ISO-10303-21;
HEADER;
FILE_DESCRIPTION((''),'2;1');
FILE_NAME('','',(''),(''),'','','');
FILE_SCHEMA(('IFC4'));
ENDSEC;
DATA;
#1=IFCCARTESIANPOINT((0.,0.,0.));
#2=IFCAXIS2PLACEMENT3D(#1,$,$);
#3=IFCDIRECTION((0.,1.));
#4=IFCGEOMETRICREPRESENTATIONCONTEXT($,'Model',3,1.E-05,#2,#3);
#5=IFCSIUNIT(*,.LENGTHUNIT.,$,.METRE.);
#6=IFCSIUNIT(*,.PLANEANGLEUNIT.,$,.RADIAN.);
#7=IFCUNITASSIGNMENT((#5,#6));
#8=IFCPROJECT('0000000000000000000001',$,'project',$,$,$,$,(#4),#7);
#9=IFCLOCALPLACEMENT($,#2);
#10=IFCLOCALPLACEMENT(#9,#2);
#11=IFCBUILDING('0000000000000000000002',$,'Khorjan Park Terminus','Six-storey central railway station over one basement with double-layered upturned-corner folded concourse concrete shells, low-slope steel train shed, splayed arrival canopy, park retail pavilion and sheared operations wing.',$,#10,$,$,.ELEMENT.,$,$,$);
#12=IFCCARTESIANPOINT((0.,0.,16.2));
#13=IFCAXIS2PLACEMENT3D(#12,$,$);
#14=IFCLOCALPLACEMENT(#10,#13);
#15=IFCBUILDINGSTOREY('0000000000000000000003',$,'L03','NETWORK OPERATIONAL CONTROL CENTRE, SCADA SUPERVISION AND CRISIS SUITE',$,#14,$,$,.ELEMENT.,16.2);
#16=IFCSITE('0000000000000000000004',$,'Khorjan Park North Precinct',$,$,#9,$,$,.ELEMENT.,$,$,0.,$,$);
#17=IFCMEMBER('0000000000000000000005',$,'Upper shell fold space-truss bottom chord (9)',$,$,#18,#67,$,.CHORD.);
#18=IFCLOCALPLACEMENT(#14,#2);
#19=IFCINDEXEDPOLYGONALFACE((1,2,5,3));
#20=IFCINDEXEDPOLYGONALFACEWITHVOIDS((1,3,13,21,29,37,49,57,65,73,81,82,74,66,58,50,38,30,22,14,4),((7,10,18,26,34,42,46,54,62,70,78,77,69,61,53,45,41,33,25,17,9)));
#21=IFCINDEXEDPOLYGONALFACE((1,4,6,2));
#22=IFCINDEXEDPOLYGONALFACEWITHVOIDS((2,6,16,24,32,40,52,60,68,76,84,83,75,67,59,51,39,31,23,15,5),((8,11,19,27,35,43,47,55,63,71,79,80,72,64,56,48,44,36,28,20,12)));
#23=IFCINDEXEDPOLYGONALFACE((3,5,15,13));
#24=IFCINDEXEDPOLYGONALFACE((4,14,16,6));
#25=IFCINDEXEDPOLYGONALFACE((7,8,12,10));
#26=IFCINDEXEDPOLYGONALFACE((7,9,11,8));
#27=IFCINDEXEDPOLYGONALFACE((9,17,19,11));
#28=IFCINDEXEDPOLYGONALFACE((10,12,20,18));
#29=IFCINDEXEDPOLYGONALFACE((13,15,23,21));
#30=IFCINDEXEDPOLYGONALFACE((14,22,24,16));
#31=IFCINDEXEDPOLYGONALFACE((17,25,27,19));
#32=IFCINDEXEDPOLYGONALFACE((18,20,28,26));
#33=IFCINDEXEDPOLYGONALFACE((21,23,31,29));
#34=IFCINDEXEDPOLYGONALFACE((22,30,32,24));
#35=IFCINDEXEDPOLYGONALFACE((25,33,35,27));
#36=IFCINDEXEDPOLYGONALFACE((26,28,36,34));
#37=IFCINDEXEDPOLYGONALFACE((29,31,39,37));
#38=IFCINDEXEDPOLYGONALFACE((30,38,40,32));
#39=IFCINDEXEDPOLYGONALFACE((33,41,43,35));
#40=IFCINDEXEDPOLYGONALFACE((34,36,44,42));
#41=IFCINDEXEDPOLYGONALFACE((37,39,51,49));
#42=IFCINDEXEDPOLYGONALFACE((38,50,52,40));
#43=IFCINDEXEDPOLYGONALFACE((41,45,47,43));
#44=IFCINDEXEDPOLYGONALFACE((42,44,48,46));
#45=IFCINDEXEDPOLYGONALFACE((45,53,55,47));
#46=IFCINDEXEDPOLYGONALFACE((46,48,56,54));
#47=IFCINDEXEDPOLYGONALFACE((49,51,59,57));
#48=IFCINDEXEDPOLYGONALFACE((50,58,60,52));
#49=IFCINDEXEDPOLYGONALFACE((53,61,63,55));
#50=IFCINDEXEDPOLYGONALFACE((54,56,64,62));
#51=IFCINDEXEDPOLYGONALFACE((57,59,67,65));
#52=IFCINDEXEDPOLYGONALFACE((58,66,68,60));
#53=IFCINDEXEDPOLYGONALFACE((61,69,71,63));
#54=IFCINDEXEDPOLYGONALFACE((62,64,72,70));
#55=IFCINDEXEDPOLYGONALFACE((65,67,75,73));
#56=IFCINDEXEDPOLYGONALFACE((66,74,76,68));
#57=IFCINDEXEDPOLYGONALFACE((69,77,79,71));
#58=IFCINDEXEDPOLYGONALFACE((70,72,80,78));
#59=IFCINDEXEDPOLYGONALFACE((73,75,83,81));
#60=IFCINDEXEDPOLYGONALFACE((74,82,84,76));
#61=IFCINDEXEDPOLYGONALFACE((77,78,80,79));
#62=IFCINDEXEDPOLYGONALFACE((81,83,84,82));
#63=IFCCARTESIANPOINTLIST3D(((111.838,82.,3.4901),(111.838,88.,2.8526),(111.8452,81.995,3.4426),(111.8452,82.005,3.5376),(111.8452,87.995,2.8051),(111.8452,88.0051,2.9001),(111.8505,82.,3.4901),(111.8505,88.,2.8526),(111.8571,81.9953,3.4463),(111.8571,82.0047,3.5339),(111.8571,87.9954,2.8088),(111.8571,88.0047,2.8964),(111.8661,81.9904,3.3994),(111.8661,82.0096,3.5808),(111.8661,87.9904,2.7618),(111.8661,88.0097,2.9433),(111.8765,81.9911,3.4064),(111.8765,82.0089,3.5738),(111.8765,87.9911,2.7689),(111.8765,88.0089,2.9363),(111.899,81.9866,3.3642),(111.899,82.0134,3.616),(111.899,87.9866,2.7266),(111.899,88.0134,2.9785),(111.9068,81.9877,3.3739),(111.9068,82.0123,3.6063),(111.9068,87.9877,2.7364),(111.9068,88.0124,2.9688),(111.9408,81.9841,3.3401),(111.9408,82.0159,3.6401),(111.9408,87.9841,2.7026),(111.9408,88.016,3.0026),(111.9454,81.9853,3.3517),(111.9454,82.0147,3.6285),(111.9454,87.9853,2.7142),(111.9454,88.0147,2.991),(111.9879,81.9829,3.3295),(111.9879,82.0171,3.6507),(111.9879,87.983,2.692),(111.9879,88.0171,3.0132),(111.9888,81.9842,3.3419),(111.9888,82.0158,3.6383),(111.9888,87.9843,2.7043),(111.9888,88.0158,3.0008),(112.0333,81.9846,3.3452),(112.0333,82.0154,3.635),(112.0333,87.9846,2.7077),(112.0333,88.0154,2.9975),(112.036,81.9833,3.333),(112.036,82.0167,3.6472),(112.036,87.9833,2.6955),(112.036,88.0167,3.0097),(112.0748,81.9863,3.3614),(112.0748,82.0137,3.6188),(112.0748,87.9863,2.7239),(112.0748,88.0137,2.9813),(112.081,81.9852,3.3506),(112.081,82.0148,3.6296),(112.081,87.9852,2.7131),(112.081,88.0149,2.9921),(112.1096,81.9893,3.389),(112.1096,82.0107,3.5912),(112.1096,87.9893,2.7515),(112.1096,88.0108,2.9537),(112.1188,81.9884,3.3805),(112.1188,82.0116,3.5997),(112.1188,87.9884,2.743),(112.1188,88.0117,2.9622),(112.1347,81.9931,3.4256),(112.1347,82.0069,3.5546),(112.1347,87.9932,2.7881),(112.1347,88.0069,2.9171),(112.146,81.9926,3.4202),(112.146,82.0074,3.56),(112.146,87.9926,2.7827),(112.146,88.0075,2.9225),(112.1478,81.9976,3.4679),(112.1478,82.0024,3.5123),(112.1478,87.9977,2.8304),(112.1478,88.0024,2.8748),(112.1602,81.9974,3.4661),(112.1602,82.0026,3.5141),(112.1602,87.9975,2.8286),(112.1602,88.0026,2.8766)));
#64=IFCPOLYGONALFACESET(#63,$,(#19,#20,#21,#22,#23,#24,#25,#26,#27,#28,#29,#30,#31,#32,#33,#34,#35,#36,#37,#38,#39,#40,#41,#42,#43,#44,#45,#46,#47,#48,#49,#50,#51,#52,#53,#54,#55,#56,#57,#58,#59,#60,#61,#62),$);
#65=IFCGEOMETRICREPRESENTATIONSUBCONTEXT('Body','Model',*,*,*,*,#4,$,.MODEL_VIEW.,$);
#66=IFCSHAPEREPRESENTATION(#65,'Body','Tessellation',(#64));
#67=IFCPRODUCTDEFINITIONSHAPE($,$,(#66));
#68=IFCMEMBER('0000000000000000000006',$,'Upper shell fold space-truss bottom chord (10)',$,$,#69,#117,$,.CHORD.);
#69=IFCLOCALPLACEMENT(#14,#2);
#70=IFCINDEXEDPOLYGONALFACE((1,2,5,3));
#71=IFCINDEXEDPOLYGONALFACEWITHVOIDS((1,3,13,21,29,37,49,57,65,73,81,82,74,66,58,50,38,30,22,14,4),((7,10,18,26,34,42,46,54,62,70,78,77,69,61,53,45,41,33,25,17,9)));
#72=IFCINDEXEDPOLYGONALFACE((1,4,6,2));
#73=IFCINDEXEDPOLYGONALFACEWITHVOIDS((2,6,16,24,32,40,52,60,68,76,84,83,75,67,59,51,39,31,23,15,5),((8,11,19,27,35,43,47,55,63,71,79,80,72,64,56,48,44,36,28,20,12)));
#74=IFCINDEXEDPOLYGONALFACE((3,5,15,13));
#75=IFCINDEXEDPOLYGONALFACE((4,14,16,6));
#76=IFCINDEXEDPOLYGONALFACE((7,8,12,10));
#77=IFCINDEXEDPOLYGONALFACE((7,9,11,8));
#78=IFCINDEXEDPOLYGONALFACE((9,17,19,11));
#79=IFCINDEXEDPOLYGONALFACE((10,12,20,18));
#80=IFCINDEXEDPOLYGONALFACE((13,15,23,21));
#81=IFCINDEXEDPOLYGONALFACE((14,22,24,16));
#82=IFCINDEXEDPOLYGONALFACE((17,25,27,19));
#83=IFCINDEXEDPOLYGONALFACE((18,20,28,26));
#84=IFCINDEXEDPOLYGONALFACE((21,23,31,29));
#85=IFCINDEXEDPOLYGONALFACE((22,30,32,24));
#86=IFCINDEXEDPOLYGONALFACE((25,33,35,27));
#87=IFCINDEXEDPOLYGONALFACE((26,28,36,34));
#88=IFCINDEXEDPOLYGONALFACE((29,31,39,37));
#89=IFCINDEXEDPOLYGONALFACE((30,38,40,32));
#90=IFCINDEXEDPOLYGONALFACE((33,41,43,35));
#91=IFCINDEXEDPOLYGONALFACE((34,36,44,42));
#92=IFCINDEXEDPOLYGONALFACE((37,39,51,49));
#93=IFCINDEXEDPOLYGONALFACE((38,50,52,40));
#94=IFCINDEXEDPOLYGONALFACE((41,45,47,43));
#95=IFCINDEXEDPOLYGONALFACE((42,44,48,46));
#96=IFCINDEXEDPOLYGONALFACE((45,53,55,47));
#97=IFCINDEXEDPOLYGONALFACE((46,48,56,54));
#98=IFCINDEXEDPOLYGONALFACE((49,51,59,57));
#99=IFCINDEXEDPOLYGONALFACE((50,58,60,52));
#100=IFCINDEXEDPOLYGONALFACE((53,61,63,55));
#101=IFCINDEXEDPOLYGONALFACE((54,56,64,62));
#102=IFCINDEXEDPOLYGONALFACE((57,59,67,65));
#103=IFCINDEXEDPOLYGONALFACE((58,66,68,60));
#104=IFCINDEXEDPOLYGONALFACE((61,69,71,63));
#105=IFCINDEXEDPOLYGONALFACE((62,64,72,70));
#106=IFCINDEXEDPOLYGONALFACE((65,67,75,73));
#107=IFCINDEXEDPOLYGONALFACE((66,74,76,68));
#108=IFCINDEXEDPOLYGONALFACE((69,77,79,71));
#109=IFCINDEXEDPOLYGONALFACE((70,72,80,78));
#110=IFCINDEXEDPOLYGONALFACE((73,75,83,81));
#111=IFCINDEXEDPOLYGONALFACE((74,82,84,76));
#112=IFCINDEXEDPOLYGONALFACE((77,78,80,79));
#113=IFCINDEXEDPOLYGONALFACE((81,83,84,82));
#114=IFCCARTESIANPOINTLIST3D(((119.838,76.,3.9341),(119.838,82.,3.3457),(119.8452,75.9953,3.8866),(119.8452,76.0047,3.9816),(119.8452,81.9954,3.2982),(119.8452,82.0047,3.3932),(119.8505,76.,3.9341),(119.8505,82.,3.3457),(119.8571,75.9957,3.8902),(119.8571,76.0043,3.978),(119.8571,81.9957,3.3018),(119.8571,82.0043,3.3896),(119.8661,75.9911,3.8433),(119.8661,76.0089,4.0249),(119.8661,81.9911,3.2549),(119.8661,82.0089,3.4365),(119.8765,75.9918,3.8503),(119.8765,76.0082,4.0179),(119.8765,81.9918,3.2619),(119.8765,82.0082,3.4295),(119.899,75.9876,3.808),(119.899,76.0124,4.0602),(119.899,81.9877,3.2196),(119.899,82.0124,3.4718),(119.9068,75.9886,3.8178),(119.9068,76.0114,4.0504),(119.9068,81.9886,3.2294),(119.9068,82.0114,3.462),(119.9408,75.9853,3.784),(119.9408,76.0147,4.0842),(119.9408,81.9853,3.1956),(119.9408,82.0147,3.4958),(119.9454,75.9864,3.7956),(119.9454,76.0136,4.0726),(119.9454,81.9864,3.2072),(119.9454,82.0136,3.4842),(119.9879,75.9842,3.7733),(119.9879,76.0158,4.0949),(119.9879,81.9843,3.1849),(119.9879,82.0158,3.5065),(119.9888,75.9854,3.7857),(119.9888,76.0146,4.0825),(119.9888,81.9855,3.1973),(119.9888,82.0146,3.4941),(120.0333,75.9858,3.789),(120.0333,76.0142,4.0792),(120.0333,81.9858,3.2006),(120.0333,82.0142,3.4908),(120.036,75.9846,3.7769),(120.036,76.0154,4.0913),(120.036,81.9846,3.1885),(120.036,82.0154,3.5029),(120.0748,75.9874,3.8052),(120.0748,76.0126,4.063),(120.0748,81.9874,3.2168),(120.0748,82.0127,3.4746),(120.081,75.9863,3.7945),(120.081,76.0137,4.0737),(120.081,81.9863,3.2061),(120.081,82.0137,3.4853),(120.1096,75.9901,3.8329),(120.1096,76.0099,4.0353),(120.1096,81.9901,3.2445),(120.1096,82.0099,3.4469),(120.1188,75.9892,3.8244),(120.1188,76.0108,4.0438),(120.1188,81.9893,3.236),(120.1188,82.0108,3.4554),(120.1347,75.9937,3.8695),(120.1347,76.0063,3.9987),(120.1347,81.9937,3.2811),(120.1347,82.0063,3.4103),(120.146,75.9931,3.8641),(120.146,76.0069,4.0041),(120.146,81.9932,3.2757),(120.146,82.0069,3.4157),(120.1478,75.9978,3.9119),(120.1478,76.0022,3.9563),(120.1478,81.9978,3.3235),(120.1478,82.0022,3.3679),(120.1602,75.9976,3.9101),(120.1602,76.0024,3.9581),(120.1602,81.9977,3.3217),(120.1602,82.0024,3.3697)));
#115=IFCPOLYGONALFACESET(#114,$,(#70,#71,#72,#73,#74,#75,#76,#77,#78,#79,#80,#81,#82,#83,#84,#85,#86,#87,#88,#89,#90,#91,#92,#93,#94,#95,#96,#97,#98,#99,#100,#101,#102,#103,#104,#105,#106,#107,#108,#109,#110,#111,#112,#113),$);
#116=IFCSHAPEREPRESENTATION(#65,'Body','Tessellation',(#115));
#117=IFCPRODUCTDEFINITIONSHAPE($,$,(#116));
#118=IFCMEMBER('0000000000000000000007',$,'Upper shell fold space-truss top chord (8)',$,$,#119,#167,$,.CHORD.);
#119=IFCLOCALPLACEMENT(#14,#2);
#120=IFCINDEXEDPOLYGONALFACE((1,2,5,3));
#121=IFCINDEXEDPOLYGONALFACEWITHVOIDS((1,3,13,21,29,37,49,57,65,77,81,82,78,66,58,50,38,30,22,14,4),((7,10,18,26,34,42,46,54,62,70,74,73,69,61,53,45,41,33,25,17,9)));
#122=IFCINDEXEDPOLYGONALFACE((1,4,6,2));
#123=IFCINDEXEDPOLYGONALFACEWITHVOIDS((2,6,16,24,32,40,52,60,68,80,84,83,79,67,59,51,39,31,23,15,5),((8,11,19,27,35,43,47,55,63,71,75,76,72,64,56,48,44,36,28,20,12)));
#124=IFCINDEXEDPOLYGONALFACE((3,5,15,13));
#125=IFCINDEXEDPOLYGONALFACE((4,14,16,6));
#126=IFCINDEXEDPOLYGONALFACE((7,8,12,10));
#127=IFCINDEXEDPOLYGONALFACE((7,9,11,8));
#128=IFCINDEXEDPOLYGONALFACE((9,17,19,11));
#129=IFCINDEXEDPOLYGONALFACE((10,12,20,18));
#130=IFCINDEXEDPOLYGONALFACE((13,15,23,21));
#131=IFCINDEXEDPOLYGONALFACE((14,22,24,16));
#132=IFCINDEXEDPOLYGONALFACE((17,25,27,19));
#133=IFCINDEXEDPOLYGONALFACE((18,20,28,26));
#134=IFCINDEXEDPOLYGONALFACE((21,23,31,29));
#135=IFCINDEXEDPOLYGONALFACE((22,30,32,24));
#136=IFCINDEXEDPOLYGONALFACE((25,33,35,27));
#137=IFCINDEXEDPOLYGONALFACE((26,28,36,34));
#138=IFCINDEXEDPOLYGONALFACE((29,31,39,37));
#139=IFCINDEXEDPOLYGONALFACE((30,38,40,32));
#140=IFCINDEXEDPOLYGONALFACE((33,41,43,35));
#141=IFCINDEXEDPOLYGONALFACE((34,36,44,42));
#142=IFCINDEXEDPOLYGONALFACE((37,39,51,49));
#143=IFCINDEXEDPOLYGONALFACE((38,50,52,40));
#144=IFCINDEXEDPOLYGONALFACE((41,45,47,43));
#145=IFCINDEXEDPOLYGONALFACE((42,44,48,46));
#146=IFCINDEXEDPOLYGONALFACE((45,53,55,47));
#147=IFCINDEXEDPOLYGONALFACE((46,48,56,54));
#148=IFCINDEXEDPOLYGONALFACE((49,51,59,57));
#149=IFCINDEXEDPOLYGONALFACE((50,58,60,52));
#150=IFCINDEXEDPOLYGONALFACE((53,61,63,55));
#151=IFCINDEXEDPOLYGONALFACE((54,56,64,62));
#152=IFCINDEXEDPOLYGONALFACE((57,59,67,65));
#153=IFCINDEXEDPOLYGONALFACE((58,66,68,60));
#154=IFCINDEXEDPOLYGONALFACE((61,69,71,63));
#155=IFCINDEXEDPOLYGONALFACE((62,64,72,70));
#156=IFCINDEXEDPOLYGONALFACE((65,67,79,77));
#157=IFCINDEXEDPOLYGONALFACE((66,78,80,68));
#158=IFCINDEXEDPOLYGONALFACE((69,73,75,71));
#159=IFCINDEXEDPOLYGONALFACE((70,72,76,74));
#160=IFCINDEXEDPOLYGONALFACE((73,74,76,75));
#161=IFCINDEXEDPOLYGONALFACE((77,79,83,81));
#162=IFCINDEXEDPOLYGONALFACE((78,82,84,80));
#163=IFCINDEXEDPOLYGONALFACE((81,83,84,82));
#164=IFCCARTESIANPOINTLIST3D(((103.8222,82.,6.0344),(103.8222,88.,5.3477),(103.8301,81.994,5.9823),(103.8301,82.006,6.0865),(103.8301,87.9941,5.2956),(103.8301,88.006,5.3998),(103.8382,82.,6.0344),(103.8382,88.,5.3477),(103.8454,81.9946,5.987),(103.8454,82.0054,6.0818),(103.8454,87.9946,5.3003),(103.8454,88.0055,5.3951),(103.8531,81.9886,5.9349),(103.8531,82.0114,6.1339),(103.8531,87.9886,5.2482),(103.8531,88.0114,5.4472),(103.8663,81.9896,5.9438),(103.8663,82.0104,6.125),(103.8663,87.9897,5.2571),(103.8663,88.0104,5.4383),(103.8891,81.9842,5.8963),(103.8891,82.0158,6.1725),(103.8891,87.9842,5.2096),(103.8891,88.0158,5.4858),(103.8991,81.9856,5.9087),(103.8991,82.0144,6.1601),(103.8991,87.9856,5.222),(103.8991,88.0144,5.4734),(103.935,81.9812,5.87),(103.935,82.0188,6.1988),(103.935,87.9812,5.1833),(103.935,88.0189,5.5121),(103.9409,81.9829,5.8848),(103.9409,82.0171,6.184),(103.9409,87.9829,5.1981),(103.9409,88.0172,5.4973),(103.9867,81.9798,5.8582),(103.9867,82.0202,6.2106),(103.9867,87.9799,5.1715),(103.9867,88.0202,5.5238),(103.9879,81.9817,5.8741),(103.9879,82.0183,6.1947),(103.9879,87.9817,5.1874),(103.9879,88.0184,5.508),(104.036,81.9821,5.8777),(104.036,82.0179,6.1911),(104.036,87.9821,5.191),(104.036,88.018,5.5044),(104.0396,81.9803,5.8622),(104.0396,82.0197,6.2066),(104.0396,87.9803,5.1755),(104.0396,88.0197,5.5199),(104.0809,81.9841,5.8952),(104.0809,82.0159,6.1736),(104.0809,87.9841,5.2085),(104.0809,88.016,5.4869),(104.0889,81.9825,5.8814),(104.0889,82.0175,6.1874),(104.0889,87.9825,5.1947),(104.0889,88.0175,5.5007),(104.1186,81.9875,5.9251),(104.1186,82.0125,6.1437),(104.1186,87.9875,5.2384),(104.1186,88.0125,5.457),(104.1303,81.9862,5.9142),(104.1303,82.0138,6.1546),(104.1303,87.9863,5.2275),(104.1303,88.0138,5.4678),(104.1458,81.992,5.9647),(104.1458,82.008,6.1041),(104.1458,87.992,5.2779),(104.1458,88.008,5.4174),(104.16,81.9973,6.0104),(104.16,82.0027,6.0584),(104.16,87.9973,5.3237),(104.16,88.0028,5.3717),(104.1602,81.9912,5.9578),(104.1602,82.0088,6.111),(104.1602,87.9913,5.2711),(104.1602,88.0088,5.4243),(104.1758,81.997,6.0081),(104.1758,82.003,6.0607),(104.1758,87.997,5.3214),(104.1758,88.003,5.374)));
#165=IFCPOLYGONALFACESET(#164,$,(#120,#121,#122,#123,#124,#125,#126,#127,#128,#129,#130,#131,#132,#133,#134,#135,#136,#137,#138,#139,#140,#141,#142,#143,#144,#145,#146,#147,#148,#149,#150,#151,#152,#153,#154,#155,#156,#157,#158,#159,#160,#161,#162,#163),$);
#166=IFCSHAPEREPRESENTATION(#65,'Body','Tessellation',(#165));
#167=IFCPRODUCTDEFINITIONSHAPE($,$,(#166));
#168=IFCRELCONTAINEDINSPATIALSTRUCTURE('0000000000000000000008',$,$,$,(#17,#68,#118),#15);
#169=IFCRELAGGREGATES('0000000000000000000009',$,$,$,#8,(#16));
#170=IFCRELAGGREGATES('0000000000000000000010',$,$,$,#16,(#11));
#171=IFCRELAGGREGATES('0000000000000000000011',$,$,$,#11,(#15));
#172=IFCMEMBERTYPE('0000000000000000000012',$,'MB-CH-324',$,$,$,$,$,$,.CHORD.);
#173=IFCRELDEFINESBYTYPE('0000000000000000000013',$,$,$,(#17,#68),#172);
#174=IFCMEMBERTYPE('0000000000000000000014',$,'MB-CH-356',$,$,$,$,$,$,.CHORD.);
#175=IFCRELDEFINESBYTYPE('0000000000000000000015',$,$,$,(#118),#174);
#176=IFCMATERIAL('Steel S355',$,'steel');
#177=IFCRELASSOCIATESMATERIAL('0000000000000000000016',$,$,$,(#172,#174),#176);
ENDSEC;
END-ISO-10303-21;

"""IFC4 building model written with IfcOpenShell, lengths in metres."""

from ifc_helpers import new_model, si_unit, direction, frame, origin, origin_2d, place, context, subcontext, project, spatial, hollow_circle, extrude, material, material_profile, profile_set, type_object, element, save


model = new_model("IFC4")

# Units and contexts
model_context = context("Model", 3, precision=1e-05, world=origin(), true_north=direction((0.0, 1.0)))
body_context = subcontext(model_context, "Body", "Model", "MODEL_VIEW")
ifc_project = project(units=[si_unit("LENGTHUNIT", "METRE"), si_unit("PLANEANGLEUNIT", "RADIAN")], contexts=[model_context])

# Site, building, storey
site_placement = place(None, origin())
site = spatial("IfcSite", under=ifc_project, at=site_placement, Name="Khorjan Park North Precinct", CompositionType="ELEMENT", RefElevation=0.0)
building_placement = place(site_placement, origin())
building = spatial("IfcBuilding", under=site, at=building_placement, Name="Khorjan Park Terminus", Description="Six-storey central railway station over one basement with double-layered upturned-corner folded concourse concrete shells, low-slope steel train shed, splayed arrival canopy, park retail pavilion and sheared operations wing.", CompositionType="ELEMENT")
storey_placement = place(building_placement, frame((0.0, 0.0, 16.2)))
storey = spatial("IfcBuildingStorey", under=building, at=storey_placement, Name="L03", Description="NETWORK OPERATIONAL CONTROL CENTRE, SCADA SUPERVISION AND CRISIS SUITE", CompositionType="ELEMENT", Elevation=16.2)

# Members
ifc_material = material(Name="Steel S355", Category="steel")
ifc_material_profile_1 = material_profile(ifc_material, hollow_circle(Radius=0.162, WallThickness=0.0125, at=origin_2d()), Name="CHS 323.9x12.5")
ifc_profile_set_1 = profile_set([ifc_material_profile_1], Name="Steel S355")
member_type_1 = type_object("IfcMemberType", Name="MB-CH-324", PredefinedType="CHORD", material=ifc_profile_set_1)
for number, where, z_axis, x_axis, name in (
    (1, (112.0, 82.0, 3.4901), (0.0, 0.994403, -0.105655), (-1.0, 0.0, 0.0), "Upper shell fold space-truss bottom chord (9)"),
):
    element("IfcMember", number, at=place(storey_placement, frame(where, z_axis=z_axis, x_axis=x_axis)), inside=storey, type_object=member_type_1, Name=name, PredefinedType="CHORD", context=body_context, shape_type="SweptSolid", body=[
        extrude(hollow_circle(Radius=0.162, WallThickness=0.0125, at=origin_2d()), origin(), (0.0, 0.0, 1.0), 6.0338),
    ])
member_1_placement = place(storey_placement, frame((120.0, 76.0, 3.9341), z_axis=(0.0, 0.995226, -0.097598), x_axis=(-1.0, 0.0, 0.0)))
element("IfcMember", 2, at=member_1_placement, inside=storey, type_object=member_type_1, Name="Upper shell fold space-truss bottom chord (10)", PredefinedType="CHORD", context=body_context, shape_type="SweptSolid", body=[
    extrude(hollow_circle(Radius=0.162, WallThickness=0.0125, at=origin_2d()), origin(), (0.0, 0.0, 1.0), 6.0288),
])
ifc_material_profile_2 = material_profile(ifc_material, hollow_circle(Radius=0.1778, WallThickness=0.016, at=origin_2d()), Name="CHS 355.6x16")
ifc_profile_set_2 = profile_set([ifc_material_profile_2], Name="Steel S355")
member_type_2 = type_object("IfcMemberType", Name="MB-CH-356", PredefinedType="CHORD", material=ifc_profile_set_2)
member_2_placement = place(storey_placement, frame((104.0, 82.0, 6.0344), z_axis=(0.0, 0.993514, -0.113708), x_axis=(-1.0, 0.0, 0.0)))
element("IfcMember", 3, at=member_2_placement, inside=storey, type_object=member_type_2, Name="Upper shell fold space-truss top chord (8)", PredefinedType="CHORD", context=body_context, shape_type="SweptSolid", body=[
    extrude(hollow_circle(Radius=0.1778, WallThickness=0.016, at=origin_2d()), origin(), (0.0, 0.0, 1.0), 6.0392),
])

save(model, "model.ifc")
